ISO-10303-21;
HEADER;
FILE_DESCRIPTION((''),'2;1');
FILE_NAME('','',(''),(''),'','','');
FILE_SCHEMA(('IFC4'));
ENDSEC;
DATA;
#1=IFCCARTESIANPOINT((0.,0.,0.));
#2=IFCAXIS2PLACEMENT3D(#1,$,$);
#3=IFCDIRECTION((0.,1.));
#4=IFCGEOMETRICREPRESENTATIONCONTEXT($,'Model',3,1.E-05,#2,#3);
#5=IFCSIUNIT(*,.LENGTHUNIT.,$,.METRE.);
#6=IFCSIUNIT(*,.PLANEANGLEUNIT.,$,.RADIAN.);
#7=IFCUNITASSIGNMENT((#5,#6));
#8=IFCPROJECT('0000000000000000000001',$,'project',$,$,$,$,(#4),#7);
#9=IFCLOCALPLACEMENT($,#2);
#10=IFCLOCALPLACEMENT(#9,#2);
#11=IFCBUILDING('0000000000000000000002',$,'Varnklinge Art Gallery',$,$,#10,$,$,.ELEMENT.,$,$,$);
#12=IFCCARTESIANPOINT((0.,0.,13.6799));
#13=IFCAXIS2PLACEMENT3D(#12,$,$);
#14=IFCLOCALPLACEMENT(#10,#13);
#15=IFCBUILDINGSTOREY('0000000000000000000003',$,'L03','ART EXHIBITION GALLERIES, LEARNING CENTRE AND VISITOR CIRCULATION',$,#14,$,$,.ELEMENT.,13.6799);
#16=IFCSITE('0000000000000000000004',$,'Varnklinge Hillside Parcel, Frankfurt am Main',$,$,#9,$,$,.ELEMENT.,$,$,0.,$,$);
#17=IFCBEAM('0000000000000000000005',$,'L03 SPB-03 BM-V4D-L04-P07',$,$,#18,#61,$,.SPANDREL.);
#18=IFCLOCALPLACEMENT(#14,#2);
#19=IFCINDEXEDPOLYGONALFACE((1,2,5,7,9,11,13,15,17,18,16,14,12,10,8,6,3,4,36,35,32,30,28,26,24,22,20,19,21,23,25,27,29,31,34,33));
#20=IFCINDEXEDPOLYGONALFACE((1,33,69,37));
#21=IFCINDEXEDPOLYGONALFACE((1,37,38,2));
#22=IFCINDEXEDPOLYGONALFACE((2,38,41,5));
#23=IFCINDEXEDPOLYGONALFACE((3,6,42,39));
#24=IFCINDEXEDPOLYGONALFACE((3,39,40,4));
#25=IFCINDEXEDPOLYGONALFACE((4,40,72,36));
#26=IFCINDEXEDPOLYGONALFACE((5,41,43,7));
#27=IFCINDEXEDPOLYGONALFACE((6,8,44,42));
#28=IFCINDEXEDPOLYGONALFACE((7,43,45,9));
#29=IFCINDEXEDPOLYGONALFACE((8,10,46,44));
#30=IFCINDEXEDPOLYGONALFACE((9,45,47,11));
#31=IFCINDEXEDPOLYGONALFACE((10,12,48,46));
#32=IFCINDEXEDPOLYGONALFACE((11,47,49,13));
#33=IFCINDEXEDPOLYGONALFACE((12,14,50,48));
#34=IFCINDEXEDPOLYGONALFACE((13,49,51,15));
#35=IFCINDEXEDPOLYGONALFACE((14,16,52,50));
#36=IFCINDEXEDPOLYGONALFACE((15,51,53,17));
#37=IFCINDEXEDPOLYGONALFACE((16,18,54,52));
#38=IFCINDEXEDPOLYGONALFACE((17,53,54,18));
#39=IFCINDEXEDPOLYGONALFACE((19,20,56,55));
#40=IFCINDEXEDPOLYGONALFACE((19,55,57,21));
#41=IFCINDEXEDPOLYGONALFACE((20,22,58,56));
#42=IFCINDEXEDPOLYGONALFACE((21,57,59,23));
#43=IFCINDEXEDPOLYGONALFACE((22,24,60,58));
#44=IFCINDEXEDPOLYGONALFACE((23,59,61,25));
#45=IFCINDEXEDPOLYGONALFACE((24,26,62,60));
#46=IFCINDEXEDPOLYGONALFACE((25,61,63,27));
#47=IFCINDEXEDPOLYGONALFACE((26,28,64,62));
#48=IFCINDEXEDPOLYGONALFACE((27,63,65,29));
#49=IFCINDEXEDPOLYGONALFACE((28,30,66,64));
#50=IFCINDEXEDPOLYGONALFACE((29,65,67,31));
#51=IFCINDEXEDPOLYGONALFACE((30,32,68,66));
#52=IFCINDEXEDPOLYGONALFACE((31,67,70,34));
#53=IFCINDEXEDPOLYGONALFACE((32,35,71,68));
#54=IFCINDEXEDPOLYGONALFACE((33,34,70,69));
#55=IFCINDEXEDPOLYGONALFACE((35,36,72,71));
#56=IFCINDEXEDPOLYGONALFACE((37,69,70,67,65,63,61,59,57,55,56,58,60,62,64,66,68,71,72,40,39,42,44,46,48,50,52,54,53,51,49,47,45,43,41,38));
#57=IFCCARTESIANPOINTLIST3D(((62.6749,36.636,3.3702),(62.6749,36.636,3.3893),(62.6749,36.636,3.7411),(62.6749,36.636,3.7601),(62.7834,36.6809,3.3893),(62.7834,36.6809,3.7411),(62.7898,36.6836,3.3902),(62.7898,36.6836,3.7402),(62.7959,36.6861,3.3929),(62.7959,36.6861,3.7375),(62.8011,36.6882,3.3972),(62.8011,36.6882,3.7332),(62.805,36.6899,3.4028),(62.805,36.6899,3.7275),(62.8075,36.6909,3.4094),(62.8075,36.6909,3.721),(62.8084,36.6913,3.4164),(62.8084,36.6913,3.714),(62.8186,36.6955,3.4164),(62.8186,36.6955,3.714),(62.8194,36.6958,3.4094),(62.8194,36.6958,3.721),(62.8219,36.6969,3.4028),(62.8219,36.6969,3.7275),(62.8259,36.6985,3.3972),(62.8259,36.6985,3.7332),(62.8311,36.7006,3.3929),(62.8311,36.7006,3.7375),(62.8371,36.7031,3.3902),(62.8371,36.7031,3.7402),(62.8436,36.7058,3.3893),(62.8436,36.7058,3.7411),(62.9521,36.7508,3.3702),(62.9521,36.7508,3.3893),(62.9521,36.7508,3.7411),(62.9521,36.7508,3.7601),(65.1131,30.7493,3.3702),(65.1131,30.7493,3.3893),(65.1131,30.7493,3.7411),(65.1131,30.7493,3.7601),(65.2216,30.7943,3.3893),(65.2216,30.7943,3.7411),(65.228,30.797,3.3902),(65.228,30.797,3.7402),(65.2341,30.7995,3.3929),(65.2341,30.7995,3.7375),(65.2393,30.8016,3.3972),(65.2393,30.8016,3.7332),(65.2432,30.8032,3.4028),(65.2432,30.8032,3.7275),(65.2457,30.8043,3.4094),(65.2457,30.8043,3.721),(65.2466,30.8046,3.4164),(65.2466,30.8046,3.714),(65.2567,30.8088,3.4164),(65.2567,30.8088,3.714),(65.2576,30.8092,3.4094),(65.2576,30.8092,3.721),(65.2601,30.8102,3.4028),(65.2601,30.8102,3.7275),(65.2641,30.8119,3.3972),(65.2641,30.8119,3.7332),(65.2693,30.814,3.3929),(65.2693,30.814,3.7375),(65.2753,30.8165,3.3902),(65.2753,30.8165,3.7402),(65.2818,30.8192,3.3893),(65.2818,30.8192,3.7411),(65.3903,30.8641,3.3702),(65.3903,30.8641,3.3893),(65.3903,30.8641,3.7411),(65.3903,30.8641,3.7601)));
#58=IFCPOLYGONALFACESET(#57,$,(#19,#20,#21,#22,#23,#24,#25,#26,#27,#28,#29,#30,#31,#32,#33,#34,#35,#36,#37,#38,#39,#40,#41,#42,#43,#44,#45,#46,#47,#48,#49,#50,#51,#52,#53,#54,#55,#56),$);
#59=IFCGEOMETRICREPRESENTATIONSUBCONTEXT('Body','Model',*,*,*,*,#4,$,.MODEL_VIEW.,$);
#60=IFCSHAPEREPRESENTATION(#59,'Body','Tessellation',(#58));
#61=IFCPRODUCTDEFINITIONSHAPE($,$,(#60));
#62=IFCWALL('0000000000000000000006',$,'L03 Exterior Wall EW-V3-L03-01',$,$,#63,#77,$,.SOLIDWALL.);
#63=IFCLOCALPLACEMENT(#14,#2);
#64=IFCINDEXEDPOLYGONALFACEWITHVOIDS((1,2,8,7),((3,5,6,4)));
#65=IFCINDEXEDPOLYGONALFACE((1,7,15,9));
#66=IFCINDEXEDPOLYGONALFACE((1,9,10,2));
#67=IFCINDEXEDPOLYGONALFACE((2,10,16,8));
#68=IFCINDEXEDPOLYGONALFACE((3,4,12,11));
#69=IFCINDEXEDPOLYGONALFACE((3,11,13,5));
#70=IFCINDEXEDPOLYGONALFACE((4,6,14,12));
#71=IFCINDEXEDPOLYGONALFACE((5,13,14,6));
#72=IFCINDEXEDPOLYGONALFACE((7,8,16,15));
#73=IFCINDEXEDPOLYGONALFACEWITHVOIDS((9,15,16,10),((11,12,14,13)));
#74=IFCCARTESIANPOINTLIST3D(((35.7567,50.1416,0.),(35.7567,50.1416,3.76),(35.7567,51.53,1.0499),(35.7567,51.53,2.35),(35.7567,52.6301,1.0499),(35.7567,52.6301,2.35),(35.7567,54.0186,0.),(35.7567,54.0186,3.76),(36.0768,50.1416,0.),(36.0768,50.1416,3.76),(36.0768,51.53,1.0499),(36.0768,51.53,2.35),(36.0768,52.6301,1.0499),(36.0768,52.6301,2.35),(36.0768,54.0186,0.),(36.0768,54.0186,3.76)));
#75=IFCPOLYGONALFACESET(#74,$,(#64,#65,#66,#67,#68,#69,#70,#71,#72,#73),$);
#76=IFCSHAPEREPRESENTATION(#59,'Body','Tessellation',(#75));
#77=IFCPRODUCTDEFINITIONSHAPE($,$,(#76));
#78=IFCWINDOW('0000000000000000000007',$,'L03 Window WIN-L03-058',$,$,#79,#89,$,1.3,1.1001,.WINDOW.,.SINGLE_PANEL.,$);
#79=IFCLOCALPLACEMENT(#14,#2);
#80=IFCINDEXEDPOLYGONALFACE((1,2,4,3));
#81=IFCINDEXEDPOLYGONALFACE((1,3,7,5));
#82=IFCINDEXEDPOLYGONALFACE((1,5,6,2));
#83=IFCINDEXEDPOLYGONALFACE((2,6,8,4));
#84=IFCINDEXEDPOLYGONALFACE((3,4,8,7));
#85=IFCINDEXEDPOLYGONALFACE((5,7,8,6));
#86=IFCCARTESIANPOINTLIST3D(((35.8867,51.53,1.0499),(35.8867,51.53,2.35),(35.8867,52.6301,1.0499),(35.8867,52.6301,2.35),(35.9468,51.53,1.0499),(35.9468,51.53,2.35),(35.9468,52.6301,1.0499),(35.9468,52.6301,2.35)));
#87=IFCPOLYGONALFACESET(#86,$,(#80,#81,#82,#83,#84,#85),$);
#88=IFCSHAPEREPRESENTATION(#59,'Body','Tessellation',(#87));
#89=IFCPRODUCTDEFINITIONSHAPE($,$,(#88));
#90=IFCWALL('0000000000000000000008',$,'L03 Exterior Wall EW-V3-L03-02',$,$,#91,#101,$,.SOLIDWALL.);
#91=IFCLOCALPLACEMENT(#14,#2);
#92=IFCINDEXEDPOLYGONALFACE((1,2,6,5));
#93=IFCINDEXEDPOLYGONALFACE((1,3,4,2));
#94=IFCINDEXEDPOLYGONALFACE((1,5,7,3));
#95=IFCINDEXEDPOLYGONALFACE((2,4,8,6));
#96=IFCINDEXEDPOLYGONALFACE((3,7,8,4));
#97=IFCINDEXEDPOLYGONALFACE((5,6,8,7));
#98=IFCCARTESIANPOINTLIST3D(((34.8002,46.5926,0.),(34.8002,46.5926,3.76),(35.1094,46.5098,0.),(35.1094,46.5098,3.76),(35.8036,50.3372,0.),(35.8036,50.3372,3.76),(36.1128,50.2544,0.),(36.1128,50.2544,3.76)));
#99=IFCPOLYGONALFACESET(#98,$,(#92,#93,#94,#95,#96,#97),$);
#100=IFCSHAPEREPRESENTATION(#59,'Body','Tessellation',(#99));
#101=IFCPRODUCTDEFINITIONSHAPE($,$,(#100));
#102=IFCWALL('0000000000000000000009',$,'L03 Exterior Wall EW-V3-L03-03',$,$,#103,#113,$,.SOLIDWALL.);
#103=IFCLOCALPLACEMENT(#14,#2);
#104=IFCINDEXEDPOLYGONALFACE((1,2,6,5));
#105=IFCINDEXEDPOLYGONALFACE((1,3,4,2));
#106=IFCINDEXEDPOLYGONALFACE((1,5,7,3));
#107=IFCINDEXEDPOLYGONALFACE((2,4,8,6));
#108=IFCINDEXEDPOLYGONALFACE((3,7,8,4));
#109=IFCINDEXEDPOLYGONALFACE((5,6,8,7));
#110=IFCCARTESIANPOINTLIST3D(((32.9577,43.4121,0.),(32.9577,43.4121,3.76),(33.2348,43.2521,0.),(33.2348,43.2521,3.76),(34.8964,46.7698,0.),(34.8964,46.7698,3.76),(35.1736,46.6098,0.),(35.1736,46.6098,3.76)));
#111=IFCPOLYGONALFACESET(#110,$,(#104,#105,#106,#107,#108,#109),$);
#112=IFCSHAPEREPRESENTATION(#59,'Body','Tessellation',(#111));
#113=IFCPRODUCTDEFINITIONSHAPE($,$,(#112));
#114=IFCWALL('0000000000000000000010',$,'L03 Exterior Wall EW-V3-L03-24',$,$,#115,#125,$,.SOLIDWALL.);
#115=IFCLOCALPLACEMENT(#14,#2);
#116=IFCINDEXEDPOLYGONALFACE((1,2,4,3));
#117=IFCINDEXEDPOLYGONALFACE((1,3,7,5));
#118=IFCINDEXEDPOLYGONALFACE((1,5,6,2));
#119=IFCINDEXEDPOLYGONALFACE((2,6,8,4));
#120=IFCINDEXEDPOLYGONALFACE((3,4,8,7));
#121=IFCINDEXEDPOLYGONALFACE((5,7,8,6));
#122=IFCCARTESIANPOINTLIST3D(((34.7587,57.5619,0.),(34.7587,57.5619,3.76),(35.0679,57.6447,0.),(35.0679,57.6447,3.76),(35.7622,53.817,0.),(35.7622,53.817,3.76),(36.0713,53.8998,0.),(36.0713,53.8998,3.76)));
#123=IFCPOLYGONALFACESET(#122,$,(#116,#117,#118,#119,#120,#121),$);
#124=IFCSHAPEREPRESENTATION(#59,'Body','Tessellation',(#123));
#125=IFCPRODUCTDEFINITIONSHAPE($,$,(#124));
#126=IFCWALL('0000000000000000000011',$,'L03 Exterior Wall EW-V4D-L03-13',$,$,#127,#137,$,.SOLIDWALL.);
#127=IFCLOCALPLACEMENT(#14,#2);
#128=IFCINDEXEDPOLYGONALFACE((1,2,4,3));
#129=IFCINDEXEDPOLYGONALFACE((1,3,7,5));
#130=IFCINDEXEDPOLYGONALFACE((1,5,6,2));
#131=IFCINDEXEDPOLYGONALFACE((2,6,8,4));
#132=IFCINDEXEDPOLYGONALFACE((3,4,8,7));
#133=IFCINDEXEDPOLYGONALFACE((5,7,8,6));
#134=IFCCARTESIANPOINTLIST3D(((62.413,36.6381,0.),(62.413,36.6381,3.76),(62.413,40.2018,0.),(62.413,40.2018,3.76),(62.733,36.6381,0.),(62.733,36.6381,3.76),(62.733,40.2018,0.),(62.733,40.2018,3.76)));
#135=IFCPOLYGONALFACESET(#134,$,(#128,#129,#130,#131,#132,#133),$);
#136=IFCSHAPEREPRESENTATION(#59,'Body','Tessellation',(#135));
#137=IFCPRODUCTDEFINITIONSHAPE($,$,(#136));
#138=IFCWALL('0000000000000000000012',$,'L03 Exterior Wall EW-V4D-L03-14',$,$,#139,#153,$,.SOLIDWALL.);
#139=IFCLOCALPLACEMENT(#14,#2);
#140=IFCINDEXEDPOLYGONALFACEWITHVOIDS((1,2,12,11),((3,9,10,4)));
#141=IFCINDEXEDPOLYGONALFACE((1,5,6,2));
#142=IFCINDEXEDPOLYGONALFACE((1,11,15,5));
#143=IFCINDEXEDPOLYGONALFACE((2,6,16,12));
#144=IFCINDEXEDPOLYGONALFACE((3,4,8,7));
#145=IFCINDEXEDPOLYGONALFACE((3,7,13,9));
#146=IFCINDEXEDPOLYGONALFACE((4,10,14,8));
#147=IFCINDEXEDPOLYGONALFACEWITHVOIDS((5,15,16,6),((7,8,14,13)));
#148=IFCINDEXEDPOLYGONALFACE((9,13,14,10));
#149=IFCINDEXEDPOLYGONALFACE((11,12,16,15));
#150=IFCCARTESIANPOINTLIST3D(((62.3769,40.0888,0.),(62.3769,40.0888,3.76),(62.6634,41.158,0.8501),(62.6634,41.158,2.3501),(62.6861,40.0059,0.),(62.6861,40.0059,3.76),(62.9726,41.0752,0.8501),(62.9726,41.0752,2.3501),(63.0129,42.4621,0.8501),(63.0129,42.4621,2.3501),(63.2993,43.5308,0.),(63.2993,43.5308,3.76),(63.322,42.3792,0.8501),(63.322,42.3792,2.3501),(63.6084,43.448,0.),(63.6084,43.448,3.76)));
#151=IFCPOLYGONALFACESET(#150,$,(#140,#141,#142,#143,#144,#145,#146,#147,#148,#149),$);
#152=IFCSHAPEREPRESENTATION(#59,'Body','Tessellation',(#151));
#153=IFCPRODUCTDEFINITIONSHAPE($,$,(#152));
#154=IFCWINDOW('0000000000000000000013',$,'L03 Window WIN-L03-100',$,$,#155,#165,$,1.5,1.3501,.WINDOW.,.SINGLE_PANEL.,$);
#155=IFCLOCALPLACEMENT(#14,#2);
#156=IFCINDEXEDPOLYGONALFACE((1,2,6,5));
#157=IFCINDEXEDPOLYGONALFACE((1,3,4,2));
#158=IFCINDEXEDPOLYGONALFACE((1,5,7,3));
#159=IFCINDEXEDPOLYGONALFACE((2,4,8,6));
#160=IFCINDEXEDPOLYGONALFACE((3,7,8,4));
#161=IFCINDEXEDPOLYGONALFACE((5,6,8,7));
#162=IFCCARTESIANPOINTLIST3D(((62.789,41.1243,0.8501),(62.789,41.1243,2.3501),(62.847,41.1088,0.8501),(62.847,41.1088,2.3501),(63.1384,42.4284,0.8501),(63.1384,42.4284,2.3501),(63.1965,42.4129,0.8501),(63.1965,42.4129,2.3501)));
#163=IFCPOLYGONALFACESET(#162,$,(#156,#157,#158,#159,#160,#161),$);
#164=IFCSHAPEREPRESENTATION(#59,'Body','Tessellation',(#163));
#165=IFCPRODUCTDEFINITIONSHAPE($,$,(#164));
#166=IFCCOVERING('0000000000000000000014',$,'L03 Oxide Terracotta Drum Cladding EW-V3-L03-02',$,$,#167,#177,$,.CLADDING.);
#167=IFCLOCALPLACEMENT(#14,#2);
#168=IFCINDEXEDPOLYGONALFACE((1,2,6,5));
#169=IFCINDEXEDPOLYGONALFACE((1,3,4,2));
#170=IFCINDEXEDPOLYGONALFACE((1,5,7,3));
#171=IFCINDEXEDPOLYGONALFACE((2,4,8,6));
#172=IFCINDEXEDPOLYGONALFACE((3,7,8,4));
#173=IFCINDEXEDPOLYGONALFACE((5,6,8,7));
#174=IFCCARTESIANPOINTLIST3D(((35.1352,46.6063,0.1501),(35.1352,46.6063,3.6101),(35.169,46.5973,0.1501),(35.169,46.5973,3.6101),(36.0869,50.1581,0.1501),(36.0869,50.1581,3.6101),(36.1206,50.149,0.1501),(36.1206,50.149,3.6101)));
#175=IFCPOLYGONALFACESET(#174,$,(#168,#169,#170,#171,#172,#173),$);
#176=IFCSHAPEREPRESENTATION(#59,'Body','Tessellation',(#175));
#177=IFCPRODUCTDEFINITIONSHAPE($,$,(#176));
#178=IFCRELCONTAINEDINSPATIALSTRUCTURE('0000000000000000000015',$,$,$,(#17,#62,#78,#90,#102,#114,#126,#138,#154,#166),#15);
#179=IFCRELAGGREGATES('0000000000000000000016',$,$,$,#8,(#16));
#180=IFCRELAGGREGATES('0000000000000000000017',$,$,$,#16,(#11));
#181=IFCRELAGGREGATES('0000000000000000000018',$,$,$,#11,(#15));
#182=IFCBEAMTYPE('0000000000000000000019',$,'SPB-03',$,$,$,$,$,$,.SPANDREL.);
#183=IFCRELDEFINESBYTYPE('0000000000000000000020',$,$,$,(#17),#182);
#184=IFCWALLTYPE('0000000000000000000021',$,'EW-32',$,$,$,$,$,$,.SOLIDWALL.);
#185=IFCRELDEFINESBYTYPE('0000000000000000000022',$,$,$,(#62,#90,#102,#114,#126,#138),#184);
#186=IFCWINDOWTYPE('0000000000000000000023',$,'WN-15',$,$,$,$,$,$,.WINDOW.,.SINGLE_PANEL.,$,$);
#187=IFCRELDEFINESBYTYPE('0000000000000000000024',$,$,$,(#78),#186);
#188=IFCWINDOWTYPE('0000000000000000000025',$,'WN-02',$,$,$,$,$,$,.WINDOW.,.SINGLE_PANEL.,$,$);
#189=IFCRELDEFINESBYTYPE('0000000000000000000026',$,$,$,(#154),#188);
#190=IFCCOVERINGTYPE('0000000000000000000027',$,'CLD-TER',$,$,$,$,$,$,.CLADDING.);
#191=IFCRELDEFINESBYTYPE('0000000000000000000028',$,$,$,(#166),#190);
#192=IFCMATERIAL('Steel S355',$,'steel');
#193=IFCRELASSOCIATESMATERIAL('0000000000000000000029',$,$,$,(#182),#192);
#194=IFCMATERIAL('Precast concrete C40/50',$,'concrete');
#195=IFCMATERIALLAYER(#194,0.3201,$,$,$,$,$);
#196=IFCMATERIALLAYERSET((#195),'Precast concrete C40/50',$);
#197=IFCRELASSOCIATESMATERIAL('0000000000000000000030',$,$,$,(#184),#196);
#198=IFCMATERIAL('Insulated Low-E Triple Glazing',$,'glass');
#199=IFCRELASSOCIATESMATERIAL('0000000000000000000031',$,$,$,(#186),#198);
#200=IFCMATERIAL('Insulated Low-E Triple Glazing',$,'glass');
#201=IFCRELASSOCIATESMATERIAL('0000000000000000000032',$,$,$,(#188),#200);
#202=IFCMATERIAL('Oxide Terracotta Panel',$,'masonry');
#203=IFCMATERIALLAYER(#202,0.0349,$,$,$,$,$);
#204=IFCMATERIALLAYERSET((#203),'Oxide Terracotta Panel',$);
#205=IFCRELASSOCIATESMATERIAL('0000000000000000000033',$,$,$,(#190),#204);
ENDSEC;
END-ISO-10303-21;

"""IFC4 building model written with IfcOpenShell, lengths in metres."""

from ifc_helpers import new_model, si_unit, direction, frame, frame_2d, origin, origin_2d, place, context, subcontext, project, spatial, rectangle, i_section, extrude, material, layer, layer_set, material_profile, profile_set, type_object, element, fill, save


model = new_model("IFC4")

# Units and contexts
model_context = context("Model", 3, precision=1e-05, world=origin(), true_north=direction((0.0, 1.0)))
body_context = subcontext(model_context, "Body", "Model", "MODEL_VIEW")
ifc_project = project(units=[si_unit("LENGTHUNIT", "METRE"), si_unit("PLANEANGLEUNIT", "RADIAN")], contexts=[model_context])

# Site, building, storey
site_placement = place(None, origin())
site = spatial("IfcSite", under=ifc_project, at=site_placement, Name="Varnklinge Hillside Parcel, Frankfurt am Main", CompositionType="ELEMENT", RefElevation=0.0)
building_placement = place(site_placement, origin())
building = spatial("IfcBuilding", under=site, at=building_placement, Name="Varnklinge Art Gallery", CompositionType="ELEMENT")
storey_placement = place(building_placement, frame((0.0, 0.0, 13.6799)))
storey = spatial("IfcBuildingStorey", under=building, at=storey_placement, Name="L03", Description="ART EXHIBITION GALLERIES, LEARNING CENTRE AND VISITOR CIRCULATION", CompositionType="ELEMENT", Elevation=13.6799)

# Beam
ifc_material_1 = material(Name="Steel S355", Category="steel")
ifc_material_profile_1 = material_profile(ifc_material_1, i_section(OverallWidth=0.3, OverallDepth=0.3899, WebThickness=0.011, FlangeThickness=0.019, FilletRadius=0.0271, at=origin_2d()), Name="HEA 400")
ifc_profile_set_1 = profile_set([ifc_material_profile_1], Name="Steel S355")
beam_type = type_object("IfcBeamType", Name="SPB-03", PredefinedType="SPANDREL", material=ifc_profile_set_1)
beam_1_placement = place(storey_placement, frame((62.8135, 36.6934, 3.5652), z_axis=(0.382667, -0.923887, 0.0), x_axis=(0.923887, 0.382667, 0.0)))
element("IfcBeam", 1, at=beam_1_placement, inside=storey, type_object=beam_type, Name="L03 SPB-03 BM-V4D-L04-P07", PredefinedType="SPANDREL", context=body_context, shape_type="SweptSolid", body=[
    extrude(i_section(OverallWidth=0.3, OverallDepth=0.3899, WebThickness=0.011, FlangeThickness=0.019, FilletRadius=0.0271, at=origin_2d()), origin(), (0.0, 0.0, 1.0), 6.3716),
])

# Wall, opening, window
ifc_material_2 = material(Name="Precast concrete C40/50", Category="concrete")
ifc_layer_1 = layer(ifc_material_2, 0.3201)
ifc_layer_set_1 = layer_set([ifc_layer_1], Name="Precast concrete C40/50")
wall_type = type_object("IfcWallType", Name="EW-32", PredefinedType="SOLIDWALL", material=ifc_layer_set_1)
wall_1_placement = place(storey_placement, frame((35.9167, 54.0186, 0.0), z_axis=(0.0, 0.0, 1.0), x_axis=(0.0, -1.0, 0.0)))
wall_1 = element("IfcWall", 2, at=wall_1_placement, inside=storey, type_object=wall_type, Name="L03 Exterior Wall EW-V3-L03-01", PredefinedType="SOLIDWALL", context=body_context, shape_type="SweptSolid", body=[
    extrude(rectangle(XDim=3.877, YDim=0.3201, at=frame_2d((1.9385, 0.0))), origin(), (0.0, 0.0, 1.0), 3.76),
])
opening_1_placement = place(wall_1_placement, frame((1.3884, 0.0, 1.05)))
opening_1 = element("IfcOpeningElement", 3, at=opening_1_placement, cuts=wall_1, PredefinedType="OPENING", context=body_context, shape_type="SweptSolid", body=[
    extrude(rectangle(XDim=1.1001, YDim=1.3, at=frame_2d((0.55, 0.6499))), frame((0.0, 0.1702, 0.0), z_axis=(0.0, -1.0, 0.0), x_axis=(1.0, 0.0, 0.0)), (0.0, 0.0, 1.0), 0.3401),
])
ifc_material_3 = material(Name="Insulated Low-E Triple Glazing", Category="glass")
window_type_1 = type_object("IfcWindowType", Name="WN-15", PartitioningType="SINGLE_PANEL", PredefinedType="WINDOW", material=ifc_material_3)
window_1_placement = place(opening_1_placement, origin())
window_1 = element("IfcWindow", 4, at=window_1_placement, inside=storey, type_object=window_type_1, Name="L03 Window WIN-L03-058", OverallHeight=1.3, OverallWidth=1.1001, PartitioningType="SINGLE_PANEL", PredefinedType="WINDOW", context=body_context, shape_type="SweptSolid", body=[
    extrude(rectangle(XDim=1.1001, YDim=1.3, at=frame_2d((0.55, 0.6499))), frame((0.0, 0.03, 0.0), z_axis=(0.0, -1.0, 0.0), x_axis=(1.0, 0.0, 0.0)), (0.0, 0.0, 1.0), 0.0601),
])
fill(opening_1, window_1)

# Walls
wall_2_placement = place(storey_placement, frame((35.9583, 50.2959, 0.0), z_axis=(0.0, 0.0, 1.0), x_axis=(-0.258831, -0.965923, 0.0)))
element("IfcWall", 5, at=wall_2_placement, inside=storey, type_object=wall_type, Name="L03 Exterior Wall EW-V3-L03-02", PredefinedType="SOLIDWALL", context=body_context, shape_type="SweptSolid", body=[
    extrude(rectangle(XDim=3.8767, YDim=0.3201, at=frame_2d((1.9385, 0.0))), origin(), (0.0, 0.0, 1.0), 3.76),
])
wall_3_placement = place(storey_placement, frame((35.0349, 46.6897, 0.0), z_axis=(0.0, 0.0, 1.0), x_axis=(-0.500033, -0.866006, 0.0)))
element("IfcWall", 6, at=wall_3_placement, inside=storey, type_object=wall_type, Name="L03 Exterior Wall EW-V3-L03-03", PredefinedType="SOLIDWALL", context=body_context, shape_type="SweptSolid", body=[
    extrude(rectangle(XDim=3.8772, YDim=0.3201, at=frame_2d((1.9385, 0.0))), origin(), (0.0, 0.0, 1.0), 3.76),
])
wall_4_placement = place(storey_placement, frame((34.9133, 57.6033, 0.0), z_axis=(0.0, 0.0, 1.0), x_axis=(0.258815, -0.965927, 0.0)))
element("IfcWall", 7, at=wall_4_placement, inside=storey, type_object=wall_type, Name="L03 Exterior Wall EW-V3-L03-24", PredefinedType="SOLIDWALL", context=body_context, shape_type="SweptSolid", body=[
    extrude(rectangle(XDim=3.877, YDim=0.3201, at=frame_2d((1.9385, 0.0))), origin(), (0.0, 0.0, 1.0), 3.76),
])
wall_5_placement = place(storey_placement, frame((62.573, 36.6382, 0.0), z_axis=(0.0, 0.0, 1.0), x_axis=(0.0, 1.0, 0.0)))
element("IfcWall", 8, at=wall_5_placement, inside=storey, type_object=wall_type, Name="L03 Exterior Wall EW-V4D-L03-13", PredefinedType="SOLIDWALL", context=body_context, shape_type="SweptSolid", body=[
    extrude(rectangle(XDim=3.5637, YDim=0.3201, at=frame_2d((1.7817, 0.0))), origin(), (0.0, 0.0, 1.0), 3.76),
])

# Wall, opening, window
wall_6_placement = place(storey_placement, frame((62.5315, 40.0474, 0.0), z_axis=(0.0, 0.0, 1.0), x_axis=(0.258831, 0.965923, 0.0)))
wall_6 = element("IfcWall", 9, at=wall_6_placement, inside=storey, type_object=wall_type, Name="L03 Exterior Wall EW-V4D-L03-14", PredefinedType="SOLIDWALL", context=body_context, shape_type="SweptSolid", body=[
    extrude(rectangle(XDim=3.5635, YDim=0.3201, at=frame_2d((1.7817, 0.0))), origin(), (0.0, 0.0, 1.0), 3.76),
])
opening_2_placement = place(wall_6_placement, frame((1.1069, 0.0, 0.8501)))
opening_2 = element("IfcOpeningElement", 10, at=opening_2_placement, cuts=wall_6, PredefinedType="OPENING", context=body_context, shape_type="SweptSolid", body=[
    extrude(rectangle(XDim=1.3501, YDim=1.5, at=frame_2d((0.675, 0.75))), frame((0.0, 0.1702, 0.0), z_axis=(0.0, -1.0, 0.0), x_axis=(1.0, 0.0, 0.0)), (0.0, 0.0, 1.0), 0.3401),
])
ifc_material_4 = material(Name="Insulated Low-E Triple Glazing", Category="glass")
window_type_2 = type_object("IfcWindowType", Name="WN-02", PartitioningType="SINGLE_PANEL", PredefinedType="WINDOW", material=ifc_material_4)
window_2_placement = place(opening_2_placement, origin())
window_2 = element("IfcWindow", 11, at=window_2_placement, inside=storey, type_object=window_type_2, Name="L03 Window WIN-L03-100", OverallHeight=1.5, OverallWidth=1.3501, PartitioningType="SINGLE_PANEL", PredefinedType="WINDOW", context=body_context, shape_type="SweptSolid", body=[
    extrude(rectangle(XDim=1.3501, YDim=1.5, at=frame_2d((0.675, 0.75))), frame((0.0, 0.03, 0.0), z_axis=(0.0, -1.0, 0.0), x_axis=(1.0, 0.0, 0.0)), (0.0, 0.0, 1.0), 0.0601),
])
fill(opening_2, window_2)

# Covering
ifc_material_5 = material(Name="Oxide Terracotta Panel", Category="masonry")
ifc_layer_2 = layer(ifc_material_5, 0.0349)
ifc_layer_set_2 = layer_set([ifc_layer_2], Name="Oxide Terracotta Panel")
covering_type_1 = type_object("IfcCoveringType", Name="CLD-TER", PredefinedType="CLADDING", material=ifc_layer_set_2)
for number, where, z_axis, x_axis, name in (
    (12, (35.6279, 48.3777, 0.1501), (0.0, 0.0, 1.0), (-0.258819, -0.965926, 0.0), "L03 Oxide Terracotta Drum Cladding EW-V3-L03-02"),
):
    element("IfcCovering", number, at=place(storey_placement, frame(where, z_axis=z_axis, x_axis=x_axis)), inside=storey, type_object=covering_type_1, Name=name, PredefinedType="CLADDING", context=body_context, shape_type="SweptSolid", body=[
        extrude(rectangle(XDim=3.677, YDim=0.0349, at=origin_2d()), origin(), (0.0, 0.0, 1.0), 3.46),
    ])

save(model, "model.ifc")
